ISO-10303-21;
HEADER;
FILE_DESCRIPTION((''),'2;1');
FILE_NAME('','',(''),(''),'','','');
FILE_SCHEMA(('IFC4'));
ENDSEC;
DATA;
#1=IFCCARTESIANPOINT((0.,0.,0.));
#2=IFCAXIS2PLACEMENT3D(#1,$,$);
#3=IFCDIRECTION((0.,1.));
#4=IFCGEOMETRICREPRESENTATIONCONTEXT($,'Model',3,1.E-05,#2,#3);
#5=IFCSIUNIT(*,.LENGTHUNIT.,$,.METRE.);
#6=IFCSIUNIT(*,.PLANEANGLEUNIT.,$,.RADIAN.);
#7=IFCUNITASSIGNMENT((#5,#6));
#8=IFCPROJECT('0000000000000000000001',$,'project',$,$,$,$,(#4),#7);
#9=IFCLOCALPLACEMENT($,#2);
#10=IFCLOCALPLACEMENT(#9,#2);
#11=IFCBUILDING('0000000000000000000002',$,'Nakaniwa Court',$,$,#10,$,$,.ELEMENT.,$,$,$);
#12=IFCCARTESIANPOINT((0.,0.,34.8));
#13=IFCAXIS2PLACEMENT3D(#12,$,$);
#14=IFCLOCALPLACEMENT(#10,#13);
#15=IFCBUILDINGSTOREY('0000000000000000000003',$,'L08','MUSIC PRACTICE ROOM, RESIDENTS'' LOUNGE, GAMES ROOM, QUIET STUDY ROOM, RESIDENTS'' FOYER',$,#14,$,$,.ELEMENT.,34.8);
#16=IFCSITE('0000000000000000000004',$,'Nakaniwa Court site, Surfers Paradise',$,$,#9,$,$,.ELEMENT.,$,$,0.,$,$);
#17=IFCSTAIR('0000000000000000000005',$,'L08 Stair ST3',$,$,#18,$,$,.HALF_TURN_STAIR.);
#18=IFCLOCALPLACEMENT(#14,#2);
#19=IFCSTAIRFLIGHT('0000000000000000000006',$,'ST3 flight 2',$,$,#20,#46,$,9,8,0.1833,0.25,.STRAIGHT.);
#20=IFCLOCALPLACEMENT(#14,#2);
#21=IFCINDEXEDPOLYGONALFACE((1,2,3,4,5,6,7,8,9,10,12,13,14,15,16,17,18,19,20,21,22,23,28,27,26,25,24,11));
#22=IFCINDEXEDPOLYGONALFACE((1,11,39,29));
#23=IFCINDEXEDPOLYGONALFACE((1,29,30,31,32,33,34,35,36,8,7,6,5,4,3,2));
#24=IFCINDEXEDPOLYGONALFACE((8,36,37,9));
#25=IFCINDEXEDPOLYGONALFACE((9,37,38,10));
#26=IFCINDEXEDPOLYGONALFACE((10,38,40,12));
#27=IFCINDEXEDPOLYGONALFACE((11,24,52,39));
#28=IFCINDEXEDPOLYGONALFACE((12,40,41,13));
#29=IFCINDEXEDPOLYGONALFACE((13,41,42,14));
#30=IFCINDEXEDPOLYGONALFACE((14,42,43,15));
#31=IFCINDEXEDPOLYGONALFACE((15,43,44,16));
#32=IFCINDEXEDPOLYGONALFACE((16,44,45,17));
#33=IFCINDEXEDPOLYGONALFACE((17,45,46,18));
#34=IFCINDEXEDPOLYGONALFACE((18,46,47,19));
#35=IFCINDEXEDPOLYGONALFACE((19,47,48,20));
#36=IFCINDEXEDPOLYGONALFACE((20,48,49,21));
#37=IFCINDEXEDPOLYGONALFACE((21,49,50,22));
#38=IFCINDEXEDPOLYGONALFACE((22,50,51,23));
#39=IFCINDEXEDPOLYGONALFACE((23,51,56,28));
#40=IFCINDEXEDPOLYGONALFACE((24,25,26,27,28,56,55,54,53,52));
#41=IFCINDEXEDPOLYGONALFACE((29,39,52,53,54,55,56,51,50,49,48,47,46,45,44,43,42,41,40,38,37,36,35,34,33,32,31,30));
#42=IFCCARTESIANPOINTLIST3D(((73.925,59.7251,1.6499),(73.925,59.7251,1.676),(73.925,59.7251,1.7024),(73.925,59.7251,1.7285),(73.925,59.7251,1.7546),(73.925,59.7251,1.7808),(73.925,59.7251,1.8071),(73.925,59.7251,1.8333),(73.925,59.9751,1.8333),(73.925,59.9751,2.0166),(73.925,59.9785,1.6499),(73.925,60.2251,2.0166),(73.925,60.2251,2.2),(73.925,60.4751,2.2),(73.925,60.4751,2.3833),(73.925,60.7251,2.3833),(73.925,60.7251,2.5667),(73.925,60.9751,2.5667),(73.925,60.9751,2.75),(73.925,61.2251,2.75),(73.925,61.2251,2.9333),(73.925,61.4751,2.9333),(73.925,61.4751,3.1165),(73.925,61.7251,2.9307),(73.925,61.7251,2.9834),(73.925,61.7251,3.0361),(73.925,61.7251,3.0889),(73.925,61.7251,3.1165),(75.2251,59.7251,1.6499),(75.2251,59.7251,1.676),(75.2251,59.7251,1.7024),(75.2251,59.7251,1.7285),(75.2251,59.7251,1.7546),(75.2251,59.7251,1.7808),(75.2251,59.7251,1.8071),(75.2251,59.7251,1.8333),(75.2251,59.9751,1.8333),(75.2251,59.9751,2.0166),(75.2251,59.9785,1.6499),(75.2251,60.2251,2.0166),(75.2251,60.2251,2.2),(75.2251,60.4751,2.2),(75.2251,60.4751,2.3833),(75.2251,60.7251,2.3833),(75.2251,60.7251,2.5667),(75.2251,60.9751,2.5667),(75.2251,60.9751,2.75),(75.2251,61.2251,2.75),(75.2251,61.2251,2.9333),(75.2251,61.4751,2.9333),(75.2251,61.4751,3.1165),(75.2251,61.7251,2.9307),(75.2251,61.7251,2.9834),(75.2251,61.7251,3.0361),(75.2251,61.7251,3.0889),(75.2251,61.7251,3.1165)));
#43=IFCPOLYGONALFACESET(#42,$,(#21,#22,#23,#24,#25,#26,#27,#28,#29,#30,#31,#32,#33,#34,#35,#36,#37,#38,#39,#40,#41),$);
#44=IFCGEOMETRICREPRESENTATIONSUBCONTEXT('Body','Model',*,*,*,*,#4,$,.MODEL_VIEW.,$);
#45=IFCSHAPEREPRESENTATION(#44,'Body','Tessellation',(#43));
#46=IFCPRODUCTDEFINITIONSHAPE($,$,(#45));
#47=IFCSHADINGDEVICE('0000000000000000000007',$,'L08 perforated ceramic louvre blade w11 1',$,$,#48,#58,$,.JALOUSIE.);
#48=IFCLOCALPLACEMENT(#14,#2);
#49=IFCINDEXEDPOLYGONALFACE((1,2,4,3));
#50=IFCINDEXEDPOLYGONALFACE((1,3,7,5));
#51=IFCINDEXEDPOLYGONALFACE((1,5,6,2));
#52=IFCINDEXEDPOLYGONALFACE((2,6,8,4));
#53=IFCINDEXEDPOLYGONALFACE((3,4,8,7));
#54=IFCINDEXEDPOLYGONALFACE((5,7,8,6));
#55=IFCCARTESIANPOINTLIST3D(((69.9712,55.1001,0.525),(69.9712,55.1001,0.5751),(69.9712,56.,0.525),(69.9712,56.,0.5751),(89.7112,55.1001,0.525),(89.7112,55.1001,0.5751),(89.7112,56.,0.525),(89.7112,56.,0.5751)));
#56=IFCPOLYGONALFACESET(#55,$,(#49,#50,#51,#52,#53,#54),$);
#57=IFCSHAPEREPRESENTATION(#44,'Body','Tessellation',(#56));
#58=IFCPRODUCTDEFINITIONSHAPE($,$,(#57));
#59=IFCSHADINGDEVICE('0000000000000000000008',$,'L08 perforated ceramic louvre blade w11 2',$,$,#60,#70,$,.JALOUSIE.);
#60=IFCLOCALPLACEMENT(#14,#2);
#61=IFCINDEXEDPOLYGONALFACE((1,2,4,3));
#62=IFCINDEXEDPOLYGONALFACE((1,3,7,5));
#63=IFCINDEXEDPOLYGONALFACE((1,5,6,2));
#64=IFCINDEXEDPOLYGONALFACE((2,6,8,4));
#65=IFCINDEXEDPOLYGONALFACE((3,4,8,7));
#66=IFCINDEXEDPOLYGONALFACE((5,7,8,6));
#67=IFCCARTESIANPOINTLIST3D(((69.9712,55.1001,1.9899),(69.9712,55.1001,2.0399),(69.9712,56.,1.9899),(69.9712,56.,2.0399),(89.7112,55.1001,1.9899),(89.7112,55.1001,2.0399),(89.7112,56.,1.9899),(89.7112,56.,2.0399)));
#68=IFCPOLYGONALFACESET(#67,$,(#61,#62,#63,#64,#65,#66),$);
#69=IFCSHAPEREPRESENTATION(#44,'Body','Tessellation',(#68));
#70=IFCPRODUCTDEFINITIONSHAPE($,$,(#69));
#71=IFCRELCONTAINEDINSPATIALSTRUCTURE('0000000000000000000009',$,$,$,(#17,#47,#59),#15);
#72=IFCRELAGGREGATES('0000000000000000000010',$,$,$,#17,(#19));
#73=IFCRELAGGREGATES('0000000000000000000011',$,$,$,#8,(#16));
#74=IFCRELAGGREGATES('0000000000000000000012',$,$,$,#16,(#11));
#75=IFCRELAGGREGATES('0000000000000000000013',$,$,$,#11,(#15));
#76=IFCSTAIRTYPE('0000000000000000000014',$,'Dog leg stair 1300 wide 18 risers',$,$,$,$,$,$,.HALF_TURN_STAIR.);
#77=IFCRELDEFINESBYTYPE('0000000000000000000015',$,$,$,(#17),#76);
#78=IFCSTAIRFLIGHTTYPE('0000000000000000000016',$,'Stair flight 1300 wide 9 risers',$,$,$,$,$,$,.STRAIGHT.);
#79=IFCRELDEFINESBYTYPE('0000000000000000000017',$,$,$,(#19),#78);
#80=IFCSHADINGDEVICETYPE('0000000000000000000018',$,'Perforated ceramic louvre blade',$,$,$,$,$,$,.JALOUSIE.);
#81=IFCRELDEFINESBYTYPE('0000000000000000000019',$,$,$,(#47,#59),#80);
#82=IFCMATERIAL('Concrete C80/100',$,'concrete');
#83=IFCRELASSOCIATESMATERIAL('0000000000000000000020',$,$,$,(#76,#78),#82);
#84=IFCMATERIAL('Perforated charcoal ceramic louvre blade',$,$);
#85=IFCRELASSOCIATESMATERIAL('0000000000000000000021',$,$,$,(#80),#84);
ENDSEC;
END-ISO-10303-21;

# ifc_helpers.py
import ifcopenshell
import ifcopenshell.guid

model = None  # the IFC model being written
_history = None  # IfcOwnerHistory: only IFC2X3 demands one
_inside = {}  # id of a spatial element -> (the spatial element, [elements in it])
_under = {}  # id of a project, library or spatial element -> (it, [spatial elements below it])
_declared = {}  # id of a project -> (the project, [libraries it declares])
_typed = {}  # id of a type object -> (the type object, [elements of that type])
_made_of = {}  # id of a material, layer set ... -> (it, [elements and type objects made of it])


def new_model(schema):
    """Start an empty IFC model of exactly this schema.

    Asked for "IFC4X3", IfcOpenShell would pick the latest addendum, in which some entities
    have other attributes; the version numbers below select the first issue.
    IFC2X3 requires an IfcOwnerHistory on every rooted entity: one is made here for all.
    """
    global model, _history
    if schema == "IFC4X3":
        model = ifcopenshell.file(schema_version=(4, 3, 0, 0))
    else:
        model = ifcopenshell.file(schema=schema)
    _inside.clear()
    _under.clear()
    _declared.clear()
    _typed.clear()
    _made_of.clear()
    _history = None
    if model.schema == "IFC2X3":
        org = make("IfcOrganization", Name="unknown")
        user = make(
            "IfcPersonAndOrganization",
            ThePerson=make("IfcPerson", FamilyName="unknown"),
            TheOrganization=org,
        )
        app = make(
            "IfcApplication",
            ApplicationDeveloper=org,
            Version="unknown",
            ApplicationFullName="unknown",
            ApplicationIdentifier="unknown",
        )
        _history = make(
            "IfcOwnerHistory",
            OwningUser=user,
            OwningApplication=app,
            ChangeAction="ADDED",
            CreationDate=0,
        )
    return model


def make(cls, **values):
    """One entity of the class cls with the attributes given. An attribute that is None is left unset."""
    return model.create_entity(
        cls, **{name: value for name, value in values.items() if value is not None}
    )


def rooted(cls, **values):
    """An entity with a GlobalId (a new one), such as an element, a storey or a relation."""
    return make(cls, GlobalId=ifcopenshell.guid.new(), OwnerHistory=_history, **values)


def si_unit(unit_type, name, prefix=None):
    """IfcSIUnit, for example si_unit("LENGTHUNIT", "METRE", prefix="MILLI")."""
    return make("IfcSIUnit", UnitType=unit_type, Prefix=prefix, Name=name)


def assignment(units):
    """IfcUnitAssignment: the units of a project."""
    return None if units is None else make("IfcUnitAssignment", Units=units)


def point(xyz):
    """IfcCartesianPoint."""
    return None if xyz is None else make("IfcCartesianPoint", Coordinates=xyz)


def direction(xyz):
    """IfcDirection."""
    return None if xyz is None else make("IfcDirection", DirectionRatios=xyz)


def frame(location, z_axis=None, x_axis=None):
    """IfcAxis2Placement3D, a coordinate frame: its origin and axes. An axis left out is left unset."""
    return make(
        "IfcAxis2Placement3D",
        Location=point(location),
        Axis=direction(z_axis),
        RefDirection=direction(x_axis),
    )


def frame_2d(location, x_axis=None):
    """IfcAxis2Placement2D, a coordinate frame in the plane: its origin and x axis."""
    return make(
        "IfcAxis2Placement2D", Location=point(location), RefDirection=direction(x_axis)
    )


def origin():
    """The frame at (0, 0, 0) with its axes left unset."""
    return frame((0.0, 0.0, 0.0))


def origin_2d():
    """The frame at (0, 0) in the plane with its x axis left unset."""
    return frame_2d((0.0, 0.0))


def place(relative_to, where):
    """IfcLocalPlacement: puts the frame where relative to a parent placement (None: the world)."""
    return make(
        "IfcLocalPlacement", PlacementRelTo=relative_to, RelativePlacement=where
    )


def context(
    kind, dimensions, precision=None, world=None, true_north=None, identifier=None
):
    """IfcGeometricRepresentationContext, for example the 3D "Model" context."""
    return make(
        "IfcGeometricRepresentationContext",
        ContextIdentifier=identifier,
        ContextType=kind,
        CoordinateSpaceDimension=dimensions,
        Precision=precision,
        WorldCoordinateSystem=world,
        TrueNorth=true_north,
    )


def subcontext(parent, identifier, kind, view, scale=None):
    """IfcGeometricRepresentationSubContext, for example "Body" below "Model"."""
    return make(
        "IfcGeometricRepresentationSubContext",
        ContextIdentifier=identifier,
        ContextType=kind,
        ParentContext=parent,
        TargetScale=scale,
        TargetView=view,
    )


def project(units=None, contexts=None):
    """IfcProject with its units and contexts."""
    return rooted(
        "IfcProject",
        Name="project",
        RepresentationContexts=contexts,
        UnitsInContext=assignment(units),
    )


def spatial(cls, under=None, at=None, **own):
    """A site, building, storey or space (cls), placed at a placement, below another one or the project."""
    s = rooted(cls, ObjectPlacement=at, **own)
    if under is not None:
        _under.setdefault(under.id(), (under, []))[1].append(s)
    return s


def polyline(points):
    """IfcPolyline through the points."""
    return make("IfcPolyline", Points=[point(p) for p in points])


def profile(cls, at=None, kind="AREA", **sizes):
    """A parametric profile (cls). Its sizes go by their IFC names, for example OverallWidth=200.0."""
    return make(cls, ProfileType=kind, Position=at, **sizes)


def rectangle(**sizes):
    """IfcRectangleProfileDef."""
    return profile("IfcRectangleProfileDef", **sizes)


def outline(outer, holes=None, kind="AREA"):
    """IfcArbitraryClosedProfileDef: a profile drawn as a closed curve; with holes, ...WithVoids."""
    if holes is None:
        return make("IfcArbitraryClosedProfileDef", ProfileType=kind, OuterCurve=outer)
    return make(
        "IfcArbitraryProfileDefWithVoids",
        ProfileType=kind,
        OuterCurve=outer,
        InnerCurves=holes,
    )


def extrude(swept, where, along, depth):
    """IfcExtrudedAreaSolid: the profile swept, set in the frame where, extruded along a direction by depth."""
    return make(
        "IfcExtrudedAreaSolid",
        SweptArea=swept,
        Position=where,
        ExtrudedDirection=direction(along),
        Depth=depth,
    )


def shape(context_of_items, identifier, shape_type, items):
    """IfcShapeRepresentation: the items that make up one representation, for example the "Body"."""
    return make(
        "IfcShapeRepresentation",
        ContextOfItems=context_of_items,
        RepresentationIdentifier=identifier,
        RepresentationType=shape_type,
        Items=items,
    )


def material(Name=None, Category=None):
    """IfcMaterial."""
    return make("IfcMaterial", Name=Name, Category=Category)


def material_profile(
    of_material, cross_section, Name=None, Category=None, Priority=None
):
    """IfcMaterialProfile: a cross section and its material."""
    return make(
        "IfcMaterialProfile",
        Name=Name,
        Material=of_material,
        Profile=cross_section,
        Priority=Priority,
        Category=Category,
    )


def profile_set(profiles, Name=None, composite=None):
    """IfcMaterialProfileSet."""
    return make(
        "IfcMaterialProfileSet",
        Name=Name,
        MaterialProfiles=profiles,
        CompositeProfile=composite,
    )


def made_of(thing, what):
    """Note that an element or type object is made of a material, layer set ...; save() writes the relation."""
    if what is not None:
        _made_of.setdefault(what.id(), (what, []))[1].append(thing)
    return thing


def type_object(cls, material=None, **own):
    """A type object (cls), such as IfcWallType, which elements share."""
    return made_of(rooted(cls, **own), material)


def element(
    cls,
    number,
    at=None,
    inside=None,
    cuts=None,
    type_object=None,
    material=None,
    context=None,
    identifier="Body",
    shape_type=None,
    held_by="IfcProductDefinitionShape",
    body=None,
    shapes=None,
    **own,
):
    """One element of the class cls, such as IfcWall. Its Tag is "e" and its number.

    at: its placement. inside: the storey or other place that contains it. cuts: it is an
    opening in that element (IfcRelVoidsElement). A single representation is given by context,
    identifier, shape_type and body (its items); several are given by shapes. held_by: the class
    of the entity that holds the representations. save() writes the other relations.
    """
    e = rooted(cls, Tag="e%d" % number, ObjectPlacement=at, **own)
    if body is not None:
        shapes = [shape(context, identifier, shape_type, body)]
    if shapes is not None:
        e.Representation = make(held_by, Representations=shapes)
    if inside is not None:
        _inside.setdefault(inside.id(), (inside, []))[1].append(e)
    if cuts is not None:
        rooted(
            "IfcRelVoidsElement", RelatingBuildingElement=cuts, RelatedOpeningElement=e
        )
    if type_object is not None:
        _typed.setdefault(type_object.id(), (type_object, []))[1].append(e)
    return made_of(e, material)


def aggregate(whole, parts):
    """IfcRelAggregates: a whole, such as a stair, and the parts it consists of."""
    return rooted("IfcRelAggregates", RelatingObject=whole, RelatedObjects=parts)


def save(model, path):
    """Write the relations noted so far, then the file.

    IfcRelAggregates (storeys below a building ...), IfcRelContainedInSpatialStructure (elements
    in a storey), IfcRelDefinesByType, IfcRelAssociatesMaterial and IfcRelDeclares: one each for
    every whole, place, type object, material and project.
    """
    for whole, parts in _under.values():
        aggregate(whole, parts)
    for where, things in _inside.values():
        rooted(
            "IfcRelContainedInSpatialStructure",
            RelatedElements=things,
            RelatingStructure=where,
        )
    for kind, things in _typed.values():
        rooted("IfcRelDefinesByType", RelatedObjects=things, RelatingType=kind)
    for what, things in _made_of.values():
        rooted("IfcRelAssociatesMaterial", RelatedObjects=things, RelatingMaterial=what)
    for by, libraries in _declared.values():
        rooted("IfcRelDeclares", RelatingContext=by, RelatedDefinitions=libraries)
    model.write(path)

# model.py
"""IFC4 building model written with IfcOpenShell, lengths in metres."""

from ifc_helpers import new_model, si_unit, direction, frame, origin, origin_2d, place, context, subcontext, project, spatial, polyline, rectangle, outline, extrude, material, material_profile, profile_set, type_object, element, aggregate, save


model = new_model("IFC4")

# Units and contexts
model_context = context("Model", 3, precision=1e-05, world=origin(), true_north=direction((0.0, 1.0)))
body_context = subcontext(model_context, "Body", "Model", "MODEL_VIEW")
ifc_project = project(units=[si_unit("LENGTHUNIT", "METRE"), si_unit("PLANEANGLEUNIT", "RADIAN")], contexts=[model_context])

# Site, building, storey
site_placement = place(None, origin())
site = spatial("IfcSite", under=ifc_project, at=site_placement, Name="Nakaniwa Court site, Surfers Paradise", CompositionType="ELEMENT", RefElevation=0.0)
building_placement = place(site_placement, origin())
building = spatial("IfcBuilding", under=site, at=building_placement, Name="Nakaniwa Court", CompositionType="ELEMENT")
storey_placement = place(building_placement, frame((0.0, 0.0, 34.8)))
storey = spatial("IfcBuildingStorey", under=building, at=storey_placement, Name="L08", Description="MUSIC PRACTICE ROOM, RESIDENTS' LOUNGE, GAMES ROOM, QUIET STUDY ROOM, RESIDENTS' FOYER", CompositionType="ELEMENT", Elevation=34.8)

# Shared definitions
ifc_material_1 = material(Name="Concrete C80/100", Category="concrete")

# Stair, stair flight
stair_type = type_object("IfcStairType", Name="Dog leg stair 1300 wide 18 risers", PredefinedType="HALF_TURN_STAIR", material=ifc_material_1)
stair_placement = place(storey_placement, origin())
stair = element("IfcStair", 1, at=stair_placement, inside=storey, type_object=stair_type, Name="L08 Stair ST3", PredefinedType="HALF_TURN_STAIR")
stair_flight_type = type_object("IfcStairFlightType", Name="Stair flight 1300 wide 9 risers", PredefinedType="STRAIGHT", material=ifc_material_1)
stair_flight_1_placement = place(storey_placement, frame((74.575, 59.7251, 1.6499), z_axis=(0.0, 0.0, 1.0), x_axis=(0.0, 1.0, 0.0)))
stair_flight_1 = element("IfcStairFlight", 2, at=stair_flight_1_placement, type_object=stair_flight_type, Name="ST3 flight 2", NumberOfRisers=9, NumberOfTreads=8, PredefinedType="STRAIGHT", RiserHeight=0.1833, TreadLength=0.25, context=body_context, shape_type="SweptSolid", body=[
    extrude(outline(polyline([(0.0, 0.0), (0.0, 0.0261), (0.0, 0.0525), (0.0, 0.0786), (0.0, 0.1047), (0.0, 0.1309), (0.0, 0.1572), (0.0, 0.1833), (0.25, 0.1833), (0.25, 0.3667), (0.5, 0.3667), (0.5, 0.55), (0.75, 0.55), (0.75, 0.7334), (1.0, 0.7334), (1.0, 0.9167), (1.25, 0.9167), (1.25, 1.1001), (1.5, 1.1001), (1.5, 1.2834), (1.75, 1.2834), (1.75, 1.4666), (2.0, 1.4666), (2.0, 1.6499), (2.0, 1.5972), (2.0, 1.5444), (2.0, 1.4917), (2.0, 1.439), (2.0, 1.3862), (2.0, 1.3335), (2.0, 1.2808), (0.2534, 0.0), (0.0, 0.0)])), frame((0.0, 0.6499, 0.0), z_axis=(0.0, -1.0, 0.0), x_axis=(1.0, 0.0, 0.0)), (0.0, 0.0, 1.0), 1.3),
])
aggregate(stair, [stair_flight_1])

# Shading devices
ifc_material_2 = material(Name="Perforated charcoal ceramic louvre blade")
ifc_material_profile_1 = material_profile(ifc_material_2, rectangle(XDim=0.8999, YDim=0.05, at=origin_2d()), Name="Perforated ceramic louvre blade")
ifc_profile_set_1 = profile_set([ifc_material_profile_1], Name="Perforated charcoal ceramic louvre blade")
shading_device_type = type_object("IfcShadingDeviceType", Name="Perforated ceramic louvre blade", PredefinedType="JALOUSIE", material=ifc_profile_set_1)
for number, where, z_axis, x_axis, name in (
    (3, (69.9712, 55.55, 0.55), (1.0, 0.0, 0.0), (0.0, 1.0, 0.0), "L08 perforated ceramic louvre blade w11 1"),
    (4, (69.9712, 55.55, 2.0149), (1.0, 0.0, 0.0), (0.0, 1.0, 0.0), "L08 perforated ceramic louvre blade w11 2"),
):
    element("IfcShadingDevice", number, at=place(storey_placement, frame(where, z_axis=z_axis, x_axis=x_axis)), inside=storey, type_object=shading_device_type, Name=name, PredefinedType="JALOUSIE", context=body_context, shape_type="SweptSolid", body=[
        extrude(rectangle(XDim=0.8999, YDim=0.05, at=origin_2d()), origin(), (0.0, 0.0, 1.0), 19.74),
    ])

save(model, "model.ifc")
